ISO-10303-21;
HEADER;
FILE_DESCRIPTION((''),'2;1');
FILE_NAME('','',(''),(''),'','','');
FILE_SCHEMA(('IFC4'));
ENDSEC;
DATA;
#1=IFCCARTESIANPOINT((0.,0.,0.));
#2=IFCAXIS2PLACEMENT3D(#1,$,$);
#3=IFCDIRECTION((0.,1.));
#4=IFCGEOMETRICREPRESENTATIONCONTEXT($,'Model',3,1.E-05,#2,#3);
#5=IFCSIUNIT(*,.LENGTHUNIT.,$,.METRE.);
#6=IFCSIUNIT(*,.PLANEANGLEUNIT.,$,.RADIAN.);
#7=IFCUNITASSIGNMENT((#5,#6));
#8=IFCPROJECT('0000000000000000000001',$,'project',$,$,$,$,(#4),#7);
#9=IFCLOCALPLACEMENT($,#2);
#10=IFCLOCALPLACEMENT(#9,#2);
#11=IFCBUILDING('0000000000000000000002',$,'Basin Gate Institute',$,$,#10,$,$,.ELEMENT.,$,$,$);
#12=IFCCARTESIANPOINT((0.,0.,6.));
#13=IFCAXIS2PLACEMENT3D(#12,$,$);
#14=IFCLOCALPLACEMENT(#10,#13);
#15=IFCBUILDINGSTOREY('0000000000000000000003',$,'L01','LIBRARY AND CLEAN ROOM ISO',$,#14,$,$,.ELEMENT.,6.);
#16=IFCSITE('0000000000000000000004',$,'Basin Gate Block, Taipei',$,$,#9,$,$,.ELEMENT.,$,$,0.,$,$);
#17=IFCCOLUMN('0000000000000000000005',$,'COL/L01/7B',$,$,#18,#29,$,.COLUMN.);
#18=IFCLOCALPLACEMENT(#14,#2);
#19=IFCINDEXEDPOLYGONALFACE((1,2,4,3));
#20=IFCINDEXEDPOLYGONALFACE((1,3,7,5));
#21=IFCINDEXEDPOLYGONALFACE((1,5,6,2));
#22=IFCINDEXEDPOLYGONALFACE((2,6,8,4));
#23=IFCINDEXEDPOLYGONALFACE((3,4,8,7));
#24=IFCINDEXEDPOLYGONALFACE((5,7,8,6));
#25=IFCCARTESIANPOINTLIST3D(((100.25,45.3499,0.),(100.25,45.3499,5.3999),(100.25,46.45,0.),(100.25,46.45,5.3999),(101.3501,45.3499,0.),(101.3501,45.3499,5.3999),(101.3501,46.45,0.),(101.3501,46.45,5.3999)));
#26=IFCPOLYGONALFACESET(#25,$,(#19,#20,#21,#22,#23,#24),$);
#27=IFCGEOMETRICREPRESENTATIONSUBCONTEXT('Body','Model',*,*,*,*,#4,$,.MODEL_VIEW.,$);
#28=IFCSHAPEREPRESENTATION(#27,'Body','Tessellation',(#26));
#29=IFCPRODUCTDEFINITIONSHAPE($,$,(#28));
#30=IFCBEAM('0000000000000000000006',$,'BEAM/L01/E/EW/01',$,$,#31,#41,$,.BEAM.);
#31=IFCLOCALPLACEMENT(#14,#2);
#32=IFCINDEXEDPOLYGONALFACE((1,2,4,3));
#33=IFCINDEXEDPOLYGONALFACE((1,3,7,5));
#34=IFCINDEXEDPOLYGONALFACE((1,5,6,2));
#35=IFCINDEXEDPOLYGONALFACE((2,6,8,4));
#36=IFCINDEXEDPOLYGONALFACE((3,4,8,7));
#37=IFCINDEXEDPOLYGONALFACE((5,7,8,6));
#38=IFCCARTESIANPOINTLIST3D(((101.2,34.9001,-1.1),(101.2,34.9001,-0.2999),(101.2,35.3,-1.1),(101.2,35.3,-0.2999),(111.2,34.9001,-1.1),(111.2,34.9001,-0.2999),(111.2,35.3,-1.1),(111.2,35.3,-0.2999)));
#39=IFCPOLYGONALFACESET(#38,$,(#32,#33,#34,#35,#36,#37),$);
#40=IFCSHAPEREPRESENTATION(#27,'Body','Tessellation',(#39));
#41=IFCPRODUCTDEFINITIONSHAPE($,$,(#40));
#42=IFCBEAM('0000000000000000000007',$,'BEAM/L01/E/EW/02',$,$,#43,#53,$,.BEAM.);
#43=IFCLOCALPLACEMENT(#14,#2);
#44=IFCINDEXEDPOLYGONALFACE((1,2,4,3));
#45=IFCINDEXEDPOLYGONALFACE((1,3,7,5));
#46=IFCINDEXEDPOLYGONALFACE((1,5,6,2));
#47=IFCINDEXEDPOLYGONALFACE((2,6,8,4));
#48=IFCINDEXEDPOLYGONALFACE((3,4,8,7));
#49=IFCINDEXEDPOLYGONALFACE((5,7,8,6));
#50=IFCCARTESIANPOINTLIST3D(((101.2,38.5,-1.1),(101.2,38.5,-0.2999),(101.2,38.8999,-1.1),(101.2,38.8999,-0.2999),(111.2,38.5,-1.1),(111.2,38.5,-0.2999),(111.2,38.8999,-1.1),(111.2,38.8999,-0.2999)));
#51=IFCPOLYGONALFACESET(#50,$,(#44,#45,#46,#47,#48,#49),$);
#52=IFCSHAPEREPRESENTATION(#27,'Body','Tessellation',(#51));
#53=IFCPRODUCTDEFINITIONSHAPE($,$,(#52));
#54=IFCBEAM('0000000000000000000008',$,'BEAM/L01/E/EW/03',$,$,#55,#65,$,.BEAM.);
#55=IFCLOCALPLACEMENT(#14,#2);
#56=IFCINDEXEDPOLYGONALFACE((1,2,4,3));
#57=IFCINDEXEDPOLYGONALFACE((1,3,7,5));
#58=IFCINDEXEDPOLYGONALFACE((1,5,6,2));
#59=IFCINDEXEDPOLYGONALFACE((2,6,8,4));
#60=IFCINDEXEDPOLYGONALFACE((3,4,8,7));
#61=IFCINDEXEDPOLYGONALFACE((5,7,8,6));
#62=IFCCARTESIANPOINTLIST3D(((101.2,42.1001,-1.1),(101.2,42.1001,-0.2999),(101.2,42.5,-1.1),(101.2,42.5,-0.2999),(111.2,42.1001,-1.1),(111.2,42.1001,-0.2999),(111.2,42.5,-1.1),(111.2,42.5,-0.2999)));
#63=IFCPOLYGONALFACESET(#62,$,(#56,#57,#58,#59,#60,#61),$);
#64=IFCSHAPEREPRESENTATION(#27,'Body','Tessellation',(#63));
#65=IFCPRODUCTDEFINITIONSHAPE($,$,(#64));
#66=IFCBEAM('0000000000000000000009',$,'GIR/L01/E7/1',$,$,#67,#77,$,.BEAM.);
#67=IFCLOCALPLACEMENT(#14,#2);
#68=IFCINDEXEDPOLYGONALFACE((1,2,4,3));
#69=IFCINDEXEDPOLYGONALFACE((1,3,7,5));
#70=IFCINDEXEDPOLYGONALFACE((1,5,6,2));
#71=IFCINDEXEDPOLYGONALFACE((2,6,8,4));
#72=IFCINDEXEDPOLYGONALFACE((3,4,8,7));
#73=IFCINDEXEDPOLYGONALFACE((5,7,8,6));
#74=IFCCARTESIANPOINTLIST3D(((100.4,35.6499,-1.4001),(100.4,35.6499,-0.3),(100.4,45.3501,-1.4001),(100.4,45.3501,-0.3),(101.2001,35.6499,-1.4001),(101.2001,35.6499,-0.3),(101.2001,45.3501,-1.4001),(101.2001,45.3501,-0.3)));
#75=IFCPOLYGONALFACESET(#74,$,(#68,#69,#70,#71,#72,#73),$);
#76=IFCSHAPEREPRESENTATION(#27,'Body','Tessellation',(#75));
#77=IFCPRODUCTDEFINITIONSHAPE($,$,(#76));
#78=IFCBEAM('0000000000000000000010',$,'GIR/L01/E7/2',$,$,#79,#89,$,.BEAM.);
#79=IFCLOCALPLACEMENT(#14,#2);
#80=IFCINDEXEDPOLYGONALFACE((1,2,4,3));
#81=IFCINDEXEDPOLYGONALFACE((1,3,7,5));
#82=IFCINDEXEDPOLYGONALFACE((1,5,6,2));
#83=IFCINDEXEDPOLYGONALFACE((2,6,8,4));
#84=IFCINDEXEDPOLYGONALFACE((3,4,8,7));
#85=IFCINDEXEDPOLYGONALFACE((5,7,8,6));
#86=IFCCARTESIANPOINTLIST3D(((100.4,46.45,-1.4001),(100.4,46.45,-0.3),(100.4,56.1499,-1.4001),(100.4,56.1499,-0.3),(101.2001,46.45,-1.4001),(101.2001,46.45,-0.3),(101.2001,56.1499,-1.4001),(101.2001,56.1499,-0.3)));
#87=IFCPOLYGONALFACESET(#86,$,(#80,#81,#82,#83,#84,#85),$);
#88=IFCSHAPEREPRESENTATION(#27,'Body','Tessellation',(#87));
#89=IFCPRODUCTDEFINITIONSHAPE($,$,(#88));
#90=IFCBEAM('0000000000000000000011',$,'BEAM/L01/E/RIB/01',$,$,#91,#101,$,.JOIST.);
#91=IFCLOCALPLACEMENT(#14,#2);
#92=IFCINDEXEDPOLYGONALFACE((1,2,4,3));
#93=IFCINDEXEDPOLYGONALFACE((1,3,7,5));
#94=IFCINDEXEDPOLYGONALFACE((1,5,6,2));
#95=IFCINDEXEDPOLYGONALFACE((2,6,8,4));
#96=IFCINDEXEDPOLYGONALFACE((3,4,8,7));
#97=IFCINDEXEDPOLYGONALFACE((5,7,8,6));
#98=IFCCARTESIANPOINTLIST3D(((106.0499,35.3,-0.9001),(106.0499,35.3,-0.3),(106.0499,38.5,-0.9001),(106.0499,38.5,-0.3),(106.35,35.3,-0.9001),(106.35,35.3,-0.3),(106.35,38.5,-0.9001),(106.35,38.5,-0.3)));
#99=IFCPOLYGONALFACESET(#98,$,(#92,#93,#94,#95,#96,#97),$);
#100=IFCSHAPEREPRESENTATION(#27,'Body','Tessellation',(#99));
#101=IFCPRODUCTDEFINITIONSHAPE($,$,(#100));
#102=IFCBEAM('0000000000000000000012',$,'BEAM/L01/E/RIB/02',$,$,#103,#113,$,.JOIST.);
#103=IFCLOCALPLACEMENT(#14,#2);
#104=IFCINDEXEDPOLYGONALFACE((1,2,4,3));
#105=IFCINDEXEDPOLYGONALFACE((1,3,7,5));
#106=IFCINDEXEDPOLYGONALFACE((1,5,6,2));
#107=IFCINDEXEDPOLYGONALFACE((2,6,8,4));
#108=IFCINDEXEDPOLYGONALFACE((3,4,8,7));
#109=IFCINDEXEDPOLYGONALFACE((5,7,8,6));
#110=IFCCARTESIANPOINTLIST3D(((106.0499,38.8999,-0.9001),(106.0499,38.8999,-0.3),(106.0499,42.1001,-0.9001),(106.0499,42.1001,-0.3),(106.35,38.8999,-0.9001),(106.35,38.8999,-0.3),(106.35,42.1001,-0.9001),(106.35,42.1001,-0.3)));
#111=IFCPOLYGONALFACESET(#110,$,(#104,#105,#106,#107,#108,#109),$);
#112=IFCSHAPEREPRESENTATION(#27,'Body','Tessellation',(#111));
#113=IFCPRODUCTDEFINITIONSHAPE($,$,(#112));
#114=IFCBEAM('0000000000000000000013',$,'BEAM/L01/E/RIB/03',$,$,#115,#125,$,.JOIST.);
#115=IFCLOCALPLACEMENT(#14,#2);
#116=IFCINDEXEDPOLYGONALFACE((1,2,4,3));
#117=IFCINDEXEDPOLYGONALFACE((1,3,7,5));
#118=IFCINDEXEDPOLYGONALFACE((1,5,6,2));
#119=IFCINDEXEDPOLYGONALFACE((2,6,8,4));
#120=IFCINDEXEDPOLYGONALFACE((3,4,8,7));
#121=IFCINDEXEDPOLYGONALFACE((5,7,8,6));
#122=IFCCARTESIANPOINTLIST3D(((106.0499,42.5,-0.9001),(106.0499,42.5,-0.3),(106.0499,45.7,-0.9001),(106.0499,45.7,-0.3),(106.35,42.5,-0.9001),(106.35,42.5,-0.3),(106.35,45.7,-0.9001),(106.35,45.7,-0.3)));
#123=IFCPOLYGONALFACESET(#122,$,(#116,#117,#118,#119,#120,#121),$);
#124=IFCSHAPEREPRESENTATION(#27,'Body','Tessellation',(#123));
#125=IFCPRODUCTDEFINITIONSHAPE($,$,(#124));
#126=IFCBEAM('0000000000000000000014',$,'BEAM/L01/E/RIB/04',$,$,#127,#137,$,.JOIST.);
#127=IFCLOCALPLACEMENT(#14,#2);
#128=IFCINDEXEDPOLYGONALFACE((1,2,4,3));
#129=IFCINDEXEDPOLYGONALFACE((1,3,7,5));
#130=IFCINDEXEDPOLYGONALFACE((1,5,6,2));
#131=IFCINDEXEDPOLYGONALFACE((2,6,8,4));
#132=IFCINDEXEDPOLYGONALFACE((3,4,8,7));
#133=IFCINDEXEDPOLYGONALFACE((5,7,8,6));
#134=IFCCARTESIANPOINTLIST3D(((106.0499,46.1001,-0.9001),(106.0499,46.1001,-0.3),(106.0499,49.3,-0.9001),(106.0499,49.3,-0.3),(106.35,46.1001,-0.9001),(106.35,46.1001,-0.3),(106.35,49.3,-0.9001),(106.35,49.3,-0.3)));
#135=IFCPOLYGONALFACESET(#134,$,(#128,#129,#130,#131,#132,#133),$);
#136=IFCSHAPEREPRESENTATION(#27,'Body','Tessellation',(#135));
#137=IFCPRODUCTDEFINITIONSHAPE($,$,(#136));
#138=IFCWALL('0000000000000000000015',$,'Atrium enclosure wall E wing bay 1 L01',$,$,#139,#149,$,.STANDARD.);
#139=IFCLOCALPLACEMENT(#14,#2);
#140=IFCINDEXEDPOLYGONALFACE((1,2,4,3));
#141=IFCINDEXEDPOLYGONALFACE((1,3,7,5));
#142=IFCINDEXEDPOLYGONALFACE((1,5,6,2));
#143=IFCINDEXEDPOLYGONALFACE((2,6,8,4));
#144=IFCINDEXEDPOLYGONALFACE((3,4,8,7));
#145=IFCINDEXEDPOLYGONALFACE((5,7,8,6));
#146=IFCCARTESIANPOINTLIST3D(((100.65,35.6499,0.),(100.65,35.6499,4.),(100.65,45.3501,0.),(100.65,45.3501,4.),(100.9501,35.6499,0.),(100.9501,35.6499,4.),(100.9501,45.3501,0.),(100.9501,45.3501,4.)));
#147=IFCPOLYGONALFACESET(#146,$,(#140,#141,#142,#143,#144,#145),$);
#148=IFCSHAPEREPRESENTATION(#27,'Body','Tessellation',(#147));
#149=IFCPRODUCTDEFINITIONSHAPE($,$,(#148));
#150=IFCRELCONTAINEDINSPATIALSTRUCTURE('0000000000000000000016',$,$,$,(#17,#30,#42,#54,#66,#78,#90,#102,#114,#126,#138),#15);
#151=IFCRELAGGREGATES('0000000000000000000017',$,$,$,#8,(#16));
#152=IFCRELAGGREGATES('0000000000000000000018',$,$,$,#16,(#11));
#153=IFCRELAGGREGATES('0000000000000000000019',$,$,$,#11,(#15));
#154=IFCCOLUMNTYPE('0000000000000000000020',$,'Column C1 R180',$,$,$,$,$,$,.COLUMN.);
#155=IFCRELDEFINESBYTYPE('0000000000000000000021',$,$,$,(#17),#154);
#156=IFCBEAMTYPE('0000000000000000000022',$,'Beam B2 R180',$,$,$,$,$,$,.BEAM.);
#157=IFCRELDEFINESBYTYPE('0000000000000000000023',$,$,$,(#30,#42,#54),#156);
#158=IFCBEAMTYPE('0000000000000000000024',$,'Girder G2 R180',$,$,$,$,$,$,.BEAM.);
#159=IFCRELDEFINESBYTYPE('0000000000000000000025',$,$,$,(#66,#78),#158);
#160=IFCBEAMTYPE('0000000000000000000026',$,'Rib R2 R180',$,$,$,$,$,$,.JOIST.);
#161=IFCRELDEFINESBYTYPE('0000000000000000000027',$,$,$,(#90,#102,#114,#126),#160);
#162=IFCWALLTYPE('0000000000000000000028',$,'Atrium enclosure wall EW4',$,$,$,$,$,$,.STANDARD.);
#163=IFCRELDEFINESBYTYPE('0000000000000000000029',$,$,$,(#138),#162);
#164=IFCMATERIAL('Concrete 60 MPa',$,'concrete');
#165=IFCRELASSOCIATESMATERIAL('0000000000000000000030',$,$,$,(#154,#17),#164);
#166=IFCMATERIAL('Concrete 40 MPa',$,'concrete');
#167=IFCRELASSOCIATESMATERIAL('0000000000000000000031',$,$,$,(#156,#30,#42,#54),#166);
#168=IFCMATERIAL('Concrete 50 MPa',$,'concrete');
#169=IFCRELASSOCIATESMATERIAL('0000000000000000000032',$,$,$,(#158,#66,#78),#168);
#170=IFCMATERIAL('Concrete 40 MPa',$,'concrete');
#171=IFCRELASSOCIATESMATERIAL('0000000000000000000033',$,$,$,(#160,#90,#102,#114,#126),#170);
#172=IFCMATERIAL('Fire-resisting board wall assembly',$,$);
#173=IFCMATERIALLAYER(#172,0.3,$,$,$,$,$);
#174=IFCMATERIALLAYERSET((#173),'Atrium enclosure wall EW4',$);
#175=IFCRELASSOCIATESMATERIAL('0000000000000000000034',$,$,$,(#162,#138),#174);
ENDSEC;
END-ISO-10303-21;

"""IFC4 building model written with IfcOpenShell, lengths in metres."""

from ifc_helpers import new_model, si_unit, direction, frame, frame_2d, origin, origin_2d, place, context, subcontext, project, spatial, rectangle, extrude, material, layer, layer_set, material_profile, profile_set, type_object, element, save


model = new_model("IFC4")

# Units and contexts
model_context = context("Model", 3, precision=1e-05, world=origin(), true_north=direction((0.0, 1.0)))
body_context = subcontext(model_context, "Body", "Model", "MODEL_VIEW")
ifc_project = project(units=[si_unit("LENGTHUNIT", "METRE"), si_unit("PLANEANGLEUNIT", "RADIAN")], contexts=[model_context])

# Site, building, storey
site_placement = place(None, origin())
site = spatial("IfcSite", under=ifc_project, at=site_placement, Name="Basin Gate Block, Taipei", CompositionType="ELEMENT", RefElevation=0.0)
building_placement = place(site_placement, origin())
building = spatial("IfcBuilding", under=site, at=building_placement, Name="Basin Gate Institute", CompositionType="ELEMENT")
storey_placement = place(building_placement, frame((0.0, 0.0, 6.0)))
storey = spatial("IfcBuildingStorey", under=building, at=storey_placement, Name="L01", Description="LIBRARY AND CLEAN ROOM ISO", CompositionType="ELEMENT", Elevation=6.0)

# Column
ifc_material_1 = material(Name="Concrete 60 MPa", Category="concrete")
ifc_material_profile_1 = material_profile(ifc_material_1, rectangle(XDim=1.1001, YDim=1.1001, at=origin_2d()), Name="Column C1 1100 x 1100")
ifc_profile_set_1 = profile_set([ifc_material_profile_1], Name="Concrete 60 MPa")
column_type = type_object("IfcColumnType", Name="Column C1 R180", PredefinedType="COLUMN", material=ifc_profile_set_1)
column_placement = place(storey_placement, frame((100.8, 45.8999, 0.0), z_axis=(0.0, 0.0, 1.0), x_axis=(1.0, 0.0, 0.0)))
element("IfcColumn", 1, at=column_placement, inside=storey, type_object=column_type, material=ifc_profile_set_1, Name="COL/L01/7B", PredefinedType="COLUMN", context=body_context, shape_type="SweptSolid", body=[
    extrude(rectangle(XDim=1.1001, YDim=1.1001, at=origin_2d()), origin(), (0.0, 0.0, 1.0), 5.3999),
])

# Beams
ifc_material_2 = material(Name="Concrete 40 MPa", Category="concrete")
ifc_material_profile_2 = material_profile(ifc_material_2, rectangle(XDim=0.3999, YDim=0.8, at=origin_2d()), Name="Beam B2 400 x 800")
ifc_profile_set_2 = profile_set([ifc_material_profile_2], Name="Concrete 40 MPa")
beam_type_1 = type_object("IfcBeamType", Name="Beam B2 R180", PredefinedType="BEAM", material=ifc_profile_set_2)
for number, where, z_axis, x_axis, name in (
    (2, (111.2, 35.1001, -0.7), (-1.0, 0.0, 0.0), (0.0, -1.0, 0.0), "BEAM/L01/E/EW/01"),
    (3, (111.2, 38.7, -0.7), (-1.0, 0.0, 0.0), (0.0, -1.0, 0.0), "BEAM/L01/E/EW/02"),
    (4, (111.2, 42.3, -0.7), (-1.0, 0.0, 0.0), (0.0, -1.0, 0.0), "BEAM/L01/E/EW/03"),
):
    element("IfcBeam", number, at=place(storey_placement, frame(where, z_axis=z_axis, x_axis=x_axis)), inside=storey, type_object=beam_type_1, material=ifc_profile_set_2, Name=name, PredefinedType="BEAM", context=body_context, shape_type="SweptSolid", body=[
        extrude(rectangle(XDim=0.3999, YDim=0.8, at=origin_2d()), origin(), (0.0, 0.0, 1.0), 10.0),
    ])
ifc_material_3 = material(Name="Concrete 50 MPa", Category="concrete")
ifc_material_profile_3 = material_profile(ifc_material_3, rectangle(XDim=0.8, YDim=1.1001, at=origin_2d()), Name="Girder G2 800 x 1100")
ifc_profile_set_3 = profile_set([ifc_material_profile_3], Name="Concrete 50 MPa")
beam_type_2 = type_object("IfcBeamType", Name="Girder G2 R180", PredefinedType="BEAM", material=ifc_profile_set_3)
beam_1_placement = place(storey_placement, frame((100.8, 35.6499, -0.8501), z_axis=(0.0, 1.0, 0.0), x_axis=(-1.0, 0.0, 0.0)))
element("IfcBeam", 5, at=beam_1_placement, inside=storey, type_object=beam_type_2, material=ifc_profile_set_3, Name="GIR/L01/E7/1", PredefinedType="BEAM", context=body_context, shape_type="SweptSolid", body=[
    extrude(rectangle(XDim=0.8, YDim=1.1001, at=origin_2d()), origin(), (0.0, 0.0, 1.0), 9.7002),
])
beam_2_placement = place(storey_placement, frame((100.8, 46.45, -0.8501), z_axis=(0.0, 1.0, 0.0), x_axis=(-1.0, 0.0, 0.0)))
element("IfcBeam", 6, at=beam_2_placement, inside=storey, type_object=beam_type_2, material=ifc_profile_set_3, Name="GIR/L01/E7/2", PredefinedType="BEAM", context=body_context, shape_type="SweptSolid", body=[
    extrude(rectangle(XDim=0.8, YDim=1.1001, at=origin_2d()), origin(), (0.0, 0.0, 1.0), 9.7),
])
ifc_material_4 = material(Name="Concrete 40 MPa", Category="concrete")
ifc_material_profile_4 = material_profile(ifc_material_4, rectangle(XDim=0.3, YDim=0.6001, at=origin_2d()), Name="Rib R2 300 x 600")
ifc_profile_set_4 = profile_set([ifc_material_profile_4], Name="Concrete 40 MPa")
beam_type_3 = type_object("IfcBeamType", Name="Rib R2 R180", PredefinedType="JOIST", material=ifc_profile_set_4)
beam_3_placement = place(storey_placement, frame((106.2, 35.3, -0.6001), z_axis=(0.0, 1.0, 0.0), x_axis=(-1.0, 0.0, 0.0)))
element("IfcBeam", 7, at=beam_3_placement, inside=storey, type_object=beam_type_3, material=ifc_profile_set_4, Name="BEAM/L01/E/RIB/01", PredefinedType="JOIST", context=body_context, shape_type="SweptSolid", body=[
    extrude(rectangle(XDim=0.3, YDim=0.6001, at=origin_2d()), origin(), (0.0, 0.0, 1.0), 3.2),
])
beam_4_placement = place(storey_placement, frame((106.2, 38.8999, -0.6001), z_axis=(0.0, 1.0, 0.0), x_axis=(-1.0, 0.0, 0.0)))
element("IfcBeam", 8, at=beam_4_placement, inside=storey, type_object=beam_type_3, material=ifc_profile_set_4, Name="BEAM/L01/E/RIB/02", PredefinedType="JOIST", context=body_context, shape_type="SweptSolid", body=[
    extrude(rectangle(XDim=0.3, YDim=0.6001, at=origin_2d()), origin(), (0.0, 0.0, 1.0), 3.2002),
])
for number, where, z_axis, x_axis, name in (
    (9, (106.2, 42.5, -0.6001), (0.0, 1.0, 0.0), (-1.0, 0.0, 0.0), "BEAM/L01/E/RIB/03"),
    (10, (106.2, 46.1001, -0.6001), (0.0, 1.0, 0.0), (-1.0, 0.0, 0.0), "BEAM/L01/E/RIB/04"),
):
    element("IfcBeam", number, at=place(storey_placement, frame(where, z_axis=z_axis, x_axis=x_axis)), inside=storey, type_object=beam_type_3, material=ifc_profile_set_4, Name=name, PredefinedType="JOIST", context=body_context, shape_type="SweptSolid", body=[
        extrude(rectangle(XDim=0.3, YDim=0.6001, at=origin_2d()), origin(), (0.0, 0.0, 1.0), 3.2),
    ])

# Wall
ifc_material_5 = material(Name="Fire-resisting board wall assembly")
ifc_layer_1 = layer(ifc_material_5, 0.3)
ifc_layer_set_1 = layer_set([ifc_layer_1], Name="Atrium enclosure wall EW4")
wall_type_1 = type_object("IfcWallType", Name="Atrium enclosure wall EW4", PredefinedType="STANDARD", material=ifc_layer_set_1)
wall_1_placement = place(storey_placement, frame((100.8, 35.6499, 0.0), z_axis=(0.0, 0.0, 1.0), x_axis=(0.0, 1.0, 0.0)))
element("IfcWall", 11, at=wall_1_placement, inside=storey, type_object=wall_type_1, material=ifc_layer_set_1, Name="Atrium enclosure wall E wing bay 1 L01", PredefinedType="STANDARD", context=body_context, shape_type="SweptSolid", body=[
    extrude(rectangle(XDim=9.7002, YDim=0.3, at=frame_2d((4.8501, 0.0))), origin(), (0.0, 0.0, 1.0), 4.0),
])

save(model, "model.ifc")
